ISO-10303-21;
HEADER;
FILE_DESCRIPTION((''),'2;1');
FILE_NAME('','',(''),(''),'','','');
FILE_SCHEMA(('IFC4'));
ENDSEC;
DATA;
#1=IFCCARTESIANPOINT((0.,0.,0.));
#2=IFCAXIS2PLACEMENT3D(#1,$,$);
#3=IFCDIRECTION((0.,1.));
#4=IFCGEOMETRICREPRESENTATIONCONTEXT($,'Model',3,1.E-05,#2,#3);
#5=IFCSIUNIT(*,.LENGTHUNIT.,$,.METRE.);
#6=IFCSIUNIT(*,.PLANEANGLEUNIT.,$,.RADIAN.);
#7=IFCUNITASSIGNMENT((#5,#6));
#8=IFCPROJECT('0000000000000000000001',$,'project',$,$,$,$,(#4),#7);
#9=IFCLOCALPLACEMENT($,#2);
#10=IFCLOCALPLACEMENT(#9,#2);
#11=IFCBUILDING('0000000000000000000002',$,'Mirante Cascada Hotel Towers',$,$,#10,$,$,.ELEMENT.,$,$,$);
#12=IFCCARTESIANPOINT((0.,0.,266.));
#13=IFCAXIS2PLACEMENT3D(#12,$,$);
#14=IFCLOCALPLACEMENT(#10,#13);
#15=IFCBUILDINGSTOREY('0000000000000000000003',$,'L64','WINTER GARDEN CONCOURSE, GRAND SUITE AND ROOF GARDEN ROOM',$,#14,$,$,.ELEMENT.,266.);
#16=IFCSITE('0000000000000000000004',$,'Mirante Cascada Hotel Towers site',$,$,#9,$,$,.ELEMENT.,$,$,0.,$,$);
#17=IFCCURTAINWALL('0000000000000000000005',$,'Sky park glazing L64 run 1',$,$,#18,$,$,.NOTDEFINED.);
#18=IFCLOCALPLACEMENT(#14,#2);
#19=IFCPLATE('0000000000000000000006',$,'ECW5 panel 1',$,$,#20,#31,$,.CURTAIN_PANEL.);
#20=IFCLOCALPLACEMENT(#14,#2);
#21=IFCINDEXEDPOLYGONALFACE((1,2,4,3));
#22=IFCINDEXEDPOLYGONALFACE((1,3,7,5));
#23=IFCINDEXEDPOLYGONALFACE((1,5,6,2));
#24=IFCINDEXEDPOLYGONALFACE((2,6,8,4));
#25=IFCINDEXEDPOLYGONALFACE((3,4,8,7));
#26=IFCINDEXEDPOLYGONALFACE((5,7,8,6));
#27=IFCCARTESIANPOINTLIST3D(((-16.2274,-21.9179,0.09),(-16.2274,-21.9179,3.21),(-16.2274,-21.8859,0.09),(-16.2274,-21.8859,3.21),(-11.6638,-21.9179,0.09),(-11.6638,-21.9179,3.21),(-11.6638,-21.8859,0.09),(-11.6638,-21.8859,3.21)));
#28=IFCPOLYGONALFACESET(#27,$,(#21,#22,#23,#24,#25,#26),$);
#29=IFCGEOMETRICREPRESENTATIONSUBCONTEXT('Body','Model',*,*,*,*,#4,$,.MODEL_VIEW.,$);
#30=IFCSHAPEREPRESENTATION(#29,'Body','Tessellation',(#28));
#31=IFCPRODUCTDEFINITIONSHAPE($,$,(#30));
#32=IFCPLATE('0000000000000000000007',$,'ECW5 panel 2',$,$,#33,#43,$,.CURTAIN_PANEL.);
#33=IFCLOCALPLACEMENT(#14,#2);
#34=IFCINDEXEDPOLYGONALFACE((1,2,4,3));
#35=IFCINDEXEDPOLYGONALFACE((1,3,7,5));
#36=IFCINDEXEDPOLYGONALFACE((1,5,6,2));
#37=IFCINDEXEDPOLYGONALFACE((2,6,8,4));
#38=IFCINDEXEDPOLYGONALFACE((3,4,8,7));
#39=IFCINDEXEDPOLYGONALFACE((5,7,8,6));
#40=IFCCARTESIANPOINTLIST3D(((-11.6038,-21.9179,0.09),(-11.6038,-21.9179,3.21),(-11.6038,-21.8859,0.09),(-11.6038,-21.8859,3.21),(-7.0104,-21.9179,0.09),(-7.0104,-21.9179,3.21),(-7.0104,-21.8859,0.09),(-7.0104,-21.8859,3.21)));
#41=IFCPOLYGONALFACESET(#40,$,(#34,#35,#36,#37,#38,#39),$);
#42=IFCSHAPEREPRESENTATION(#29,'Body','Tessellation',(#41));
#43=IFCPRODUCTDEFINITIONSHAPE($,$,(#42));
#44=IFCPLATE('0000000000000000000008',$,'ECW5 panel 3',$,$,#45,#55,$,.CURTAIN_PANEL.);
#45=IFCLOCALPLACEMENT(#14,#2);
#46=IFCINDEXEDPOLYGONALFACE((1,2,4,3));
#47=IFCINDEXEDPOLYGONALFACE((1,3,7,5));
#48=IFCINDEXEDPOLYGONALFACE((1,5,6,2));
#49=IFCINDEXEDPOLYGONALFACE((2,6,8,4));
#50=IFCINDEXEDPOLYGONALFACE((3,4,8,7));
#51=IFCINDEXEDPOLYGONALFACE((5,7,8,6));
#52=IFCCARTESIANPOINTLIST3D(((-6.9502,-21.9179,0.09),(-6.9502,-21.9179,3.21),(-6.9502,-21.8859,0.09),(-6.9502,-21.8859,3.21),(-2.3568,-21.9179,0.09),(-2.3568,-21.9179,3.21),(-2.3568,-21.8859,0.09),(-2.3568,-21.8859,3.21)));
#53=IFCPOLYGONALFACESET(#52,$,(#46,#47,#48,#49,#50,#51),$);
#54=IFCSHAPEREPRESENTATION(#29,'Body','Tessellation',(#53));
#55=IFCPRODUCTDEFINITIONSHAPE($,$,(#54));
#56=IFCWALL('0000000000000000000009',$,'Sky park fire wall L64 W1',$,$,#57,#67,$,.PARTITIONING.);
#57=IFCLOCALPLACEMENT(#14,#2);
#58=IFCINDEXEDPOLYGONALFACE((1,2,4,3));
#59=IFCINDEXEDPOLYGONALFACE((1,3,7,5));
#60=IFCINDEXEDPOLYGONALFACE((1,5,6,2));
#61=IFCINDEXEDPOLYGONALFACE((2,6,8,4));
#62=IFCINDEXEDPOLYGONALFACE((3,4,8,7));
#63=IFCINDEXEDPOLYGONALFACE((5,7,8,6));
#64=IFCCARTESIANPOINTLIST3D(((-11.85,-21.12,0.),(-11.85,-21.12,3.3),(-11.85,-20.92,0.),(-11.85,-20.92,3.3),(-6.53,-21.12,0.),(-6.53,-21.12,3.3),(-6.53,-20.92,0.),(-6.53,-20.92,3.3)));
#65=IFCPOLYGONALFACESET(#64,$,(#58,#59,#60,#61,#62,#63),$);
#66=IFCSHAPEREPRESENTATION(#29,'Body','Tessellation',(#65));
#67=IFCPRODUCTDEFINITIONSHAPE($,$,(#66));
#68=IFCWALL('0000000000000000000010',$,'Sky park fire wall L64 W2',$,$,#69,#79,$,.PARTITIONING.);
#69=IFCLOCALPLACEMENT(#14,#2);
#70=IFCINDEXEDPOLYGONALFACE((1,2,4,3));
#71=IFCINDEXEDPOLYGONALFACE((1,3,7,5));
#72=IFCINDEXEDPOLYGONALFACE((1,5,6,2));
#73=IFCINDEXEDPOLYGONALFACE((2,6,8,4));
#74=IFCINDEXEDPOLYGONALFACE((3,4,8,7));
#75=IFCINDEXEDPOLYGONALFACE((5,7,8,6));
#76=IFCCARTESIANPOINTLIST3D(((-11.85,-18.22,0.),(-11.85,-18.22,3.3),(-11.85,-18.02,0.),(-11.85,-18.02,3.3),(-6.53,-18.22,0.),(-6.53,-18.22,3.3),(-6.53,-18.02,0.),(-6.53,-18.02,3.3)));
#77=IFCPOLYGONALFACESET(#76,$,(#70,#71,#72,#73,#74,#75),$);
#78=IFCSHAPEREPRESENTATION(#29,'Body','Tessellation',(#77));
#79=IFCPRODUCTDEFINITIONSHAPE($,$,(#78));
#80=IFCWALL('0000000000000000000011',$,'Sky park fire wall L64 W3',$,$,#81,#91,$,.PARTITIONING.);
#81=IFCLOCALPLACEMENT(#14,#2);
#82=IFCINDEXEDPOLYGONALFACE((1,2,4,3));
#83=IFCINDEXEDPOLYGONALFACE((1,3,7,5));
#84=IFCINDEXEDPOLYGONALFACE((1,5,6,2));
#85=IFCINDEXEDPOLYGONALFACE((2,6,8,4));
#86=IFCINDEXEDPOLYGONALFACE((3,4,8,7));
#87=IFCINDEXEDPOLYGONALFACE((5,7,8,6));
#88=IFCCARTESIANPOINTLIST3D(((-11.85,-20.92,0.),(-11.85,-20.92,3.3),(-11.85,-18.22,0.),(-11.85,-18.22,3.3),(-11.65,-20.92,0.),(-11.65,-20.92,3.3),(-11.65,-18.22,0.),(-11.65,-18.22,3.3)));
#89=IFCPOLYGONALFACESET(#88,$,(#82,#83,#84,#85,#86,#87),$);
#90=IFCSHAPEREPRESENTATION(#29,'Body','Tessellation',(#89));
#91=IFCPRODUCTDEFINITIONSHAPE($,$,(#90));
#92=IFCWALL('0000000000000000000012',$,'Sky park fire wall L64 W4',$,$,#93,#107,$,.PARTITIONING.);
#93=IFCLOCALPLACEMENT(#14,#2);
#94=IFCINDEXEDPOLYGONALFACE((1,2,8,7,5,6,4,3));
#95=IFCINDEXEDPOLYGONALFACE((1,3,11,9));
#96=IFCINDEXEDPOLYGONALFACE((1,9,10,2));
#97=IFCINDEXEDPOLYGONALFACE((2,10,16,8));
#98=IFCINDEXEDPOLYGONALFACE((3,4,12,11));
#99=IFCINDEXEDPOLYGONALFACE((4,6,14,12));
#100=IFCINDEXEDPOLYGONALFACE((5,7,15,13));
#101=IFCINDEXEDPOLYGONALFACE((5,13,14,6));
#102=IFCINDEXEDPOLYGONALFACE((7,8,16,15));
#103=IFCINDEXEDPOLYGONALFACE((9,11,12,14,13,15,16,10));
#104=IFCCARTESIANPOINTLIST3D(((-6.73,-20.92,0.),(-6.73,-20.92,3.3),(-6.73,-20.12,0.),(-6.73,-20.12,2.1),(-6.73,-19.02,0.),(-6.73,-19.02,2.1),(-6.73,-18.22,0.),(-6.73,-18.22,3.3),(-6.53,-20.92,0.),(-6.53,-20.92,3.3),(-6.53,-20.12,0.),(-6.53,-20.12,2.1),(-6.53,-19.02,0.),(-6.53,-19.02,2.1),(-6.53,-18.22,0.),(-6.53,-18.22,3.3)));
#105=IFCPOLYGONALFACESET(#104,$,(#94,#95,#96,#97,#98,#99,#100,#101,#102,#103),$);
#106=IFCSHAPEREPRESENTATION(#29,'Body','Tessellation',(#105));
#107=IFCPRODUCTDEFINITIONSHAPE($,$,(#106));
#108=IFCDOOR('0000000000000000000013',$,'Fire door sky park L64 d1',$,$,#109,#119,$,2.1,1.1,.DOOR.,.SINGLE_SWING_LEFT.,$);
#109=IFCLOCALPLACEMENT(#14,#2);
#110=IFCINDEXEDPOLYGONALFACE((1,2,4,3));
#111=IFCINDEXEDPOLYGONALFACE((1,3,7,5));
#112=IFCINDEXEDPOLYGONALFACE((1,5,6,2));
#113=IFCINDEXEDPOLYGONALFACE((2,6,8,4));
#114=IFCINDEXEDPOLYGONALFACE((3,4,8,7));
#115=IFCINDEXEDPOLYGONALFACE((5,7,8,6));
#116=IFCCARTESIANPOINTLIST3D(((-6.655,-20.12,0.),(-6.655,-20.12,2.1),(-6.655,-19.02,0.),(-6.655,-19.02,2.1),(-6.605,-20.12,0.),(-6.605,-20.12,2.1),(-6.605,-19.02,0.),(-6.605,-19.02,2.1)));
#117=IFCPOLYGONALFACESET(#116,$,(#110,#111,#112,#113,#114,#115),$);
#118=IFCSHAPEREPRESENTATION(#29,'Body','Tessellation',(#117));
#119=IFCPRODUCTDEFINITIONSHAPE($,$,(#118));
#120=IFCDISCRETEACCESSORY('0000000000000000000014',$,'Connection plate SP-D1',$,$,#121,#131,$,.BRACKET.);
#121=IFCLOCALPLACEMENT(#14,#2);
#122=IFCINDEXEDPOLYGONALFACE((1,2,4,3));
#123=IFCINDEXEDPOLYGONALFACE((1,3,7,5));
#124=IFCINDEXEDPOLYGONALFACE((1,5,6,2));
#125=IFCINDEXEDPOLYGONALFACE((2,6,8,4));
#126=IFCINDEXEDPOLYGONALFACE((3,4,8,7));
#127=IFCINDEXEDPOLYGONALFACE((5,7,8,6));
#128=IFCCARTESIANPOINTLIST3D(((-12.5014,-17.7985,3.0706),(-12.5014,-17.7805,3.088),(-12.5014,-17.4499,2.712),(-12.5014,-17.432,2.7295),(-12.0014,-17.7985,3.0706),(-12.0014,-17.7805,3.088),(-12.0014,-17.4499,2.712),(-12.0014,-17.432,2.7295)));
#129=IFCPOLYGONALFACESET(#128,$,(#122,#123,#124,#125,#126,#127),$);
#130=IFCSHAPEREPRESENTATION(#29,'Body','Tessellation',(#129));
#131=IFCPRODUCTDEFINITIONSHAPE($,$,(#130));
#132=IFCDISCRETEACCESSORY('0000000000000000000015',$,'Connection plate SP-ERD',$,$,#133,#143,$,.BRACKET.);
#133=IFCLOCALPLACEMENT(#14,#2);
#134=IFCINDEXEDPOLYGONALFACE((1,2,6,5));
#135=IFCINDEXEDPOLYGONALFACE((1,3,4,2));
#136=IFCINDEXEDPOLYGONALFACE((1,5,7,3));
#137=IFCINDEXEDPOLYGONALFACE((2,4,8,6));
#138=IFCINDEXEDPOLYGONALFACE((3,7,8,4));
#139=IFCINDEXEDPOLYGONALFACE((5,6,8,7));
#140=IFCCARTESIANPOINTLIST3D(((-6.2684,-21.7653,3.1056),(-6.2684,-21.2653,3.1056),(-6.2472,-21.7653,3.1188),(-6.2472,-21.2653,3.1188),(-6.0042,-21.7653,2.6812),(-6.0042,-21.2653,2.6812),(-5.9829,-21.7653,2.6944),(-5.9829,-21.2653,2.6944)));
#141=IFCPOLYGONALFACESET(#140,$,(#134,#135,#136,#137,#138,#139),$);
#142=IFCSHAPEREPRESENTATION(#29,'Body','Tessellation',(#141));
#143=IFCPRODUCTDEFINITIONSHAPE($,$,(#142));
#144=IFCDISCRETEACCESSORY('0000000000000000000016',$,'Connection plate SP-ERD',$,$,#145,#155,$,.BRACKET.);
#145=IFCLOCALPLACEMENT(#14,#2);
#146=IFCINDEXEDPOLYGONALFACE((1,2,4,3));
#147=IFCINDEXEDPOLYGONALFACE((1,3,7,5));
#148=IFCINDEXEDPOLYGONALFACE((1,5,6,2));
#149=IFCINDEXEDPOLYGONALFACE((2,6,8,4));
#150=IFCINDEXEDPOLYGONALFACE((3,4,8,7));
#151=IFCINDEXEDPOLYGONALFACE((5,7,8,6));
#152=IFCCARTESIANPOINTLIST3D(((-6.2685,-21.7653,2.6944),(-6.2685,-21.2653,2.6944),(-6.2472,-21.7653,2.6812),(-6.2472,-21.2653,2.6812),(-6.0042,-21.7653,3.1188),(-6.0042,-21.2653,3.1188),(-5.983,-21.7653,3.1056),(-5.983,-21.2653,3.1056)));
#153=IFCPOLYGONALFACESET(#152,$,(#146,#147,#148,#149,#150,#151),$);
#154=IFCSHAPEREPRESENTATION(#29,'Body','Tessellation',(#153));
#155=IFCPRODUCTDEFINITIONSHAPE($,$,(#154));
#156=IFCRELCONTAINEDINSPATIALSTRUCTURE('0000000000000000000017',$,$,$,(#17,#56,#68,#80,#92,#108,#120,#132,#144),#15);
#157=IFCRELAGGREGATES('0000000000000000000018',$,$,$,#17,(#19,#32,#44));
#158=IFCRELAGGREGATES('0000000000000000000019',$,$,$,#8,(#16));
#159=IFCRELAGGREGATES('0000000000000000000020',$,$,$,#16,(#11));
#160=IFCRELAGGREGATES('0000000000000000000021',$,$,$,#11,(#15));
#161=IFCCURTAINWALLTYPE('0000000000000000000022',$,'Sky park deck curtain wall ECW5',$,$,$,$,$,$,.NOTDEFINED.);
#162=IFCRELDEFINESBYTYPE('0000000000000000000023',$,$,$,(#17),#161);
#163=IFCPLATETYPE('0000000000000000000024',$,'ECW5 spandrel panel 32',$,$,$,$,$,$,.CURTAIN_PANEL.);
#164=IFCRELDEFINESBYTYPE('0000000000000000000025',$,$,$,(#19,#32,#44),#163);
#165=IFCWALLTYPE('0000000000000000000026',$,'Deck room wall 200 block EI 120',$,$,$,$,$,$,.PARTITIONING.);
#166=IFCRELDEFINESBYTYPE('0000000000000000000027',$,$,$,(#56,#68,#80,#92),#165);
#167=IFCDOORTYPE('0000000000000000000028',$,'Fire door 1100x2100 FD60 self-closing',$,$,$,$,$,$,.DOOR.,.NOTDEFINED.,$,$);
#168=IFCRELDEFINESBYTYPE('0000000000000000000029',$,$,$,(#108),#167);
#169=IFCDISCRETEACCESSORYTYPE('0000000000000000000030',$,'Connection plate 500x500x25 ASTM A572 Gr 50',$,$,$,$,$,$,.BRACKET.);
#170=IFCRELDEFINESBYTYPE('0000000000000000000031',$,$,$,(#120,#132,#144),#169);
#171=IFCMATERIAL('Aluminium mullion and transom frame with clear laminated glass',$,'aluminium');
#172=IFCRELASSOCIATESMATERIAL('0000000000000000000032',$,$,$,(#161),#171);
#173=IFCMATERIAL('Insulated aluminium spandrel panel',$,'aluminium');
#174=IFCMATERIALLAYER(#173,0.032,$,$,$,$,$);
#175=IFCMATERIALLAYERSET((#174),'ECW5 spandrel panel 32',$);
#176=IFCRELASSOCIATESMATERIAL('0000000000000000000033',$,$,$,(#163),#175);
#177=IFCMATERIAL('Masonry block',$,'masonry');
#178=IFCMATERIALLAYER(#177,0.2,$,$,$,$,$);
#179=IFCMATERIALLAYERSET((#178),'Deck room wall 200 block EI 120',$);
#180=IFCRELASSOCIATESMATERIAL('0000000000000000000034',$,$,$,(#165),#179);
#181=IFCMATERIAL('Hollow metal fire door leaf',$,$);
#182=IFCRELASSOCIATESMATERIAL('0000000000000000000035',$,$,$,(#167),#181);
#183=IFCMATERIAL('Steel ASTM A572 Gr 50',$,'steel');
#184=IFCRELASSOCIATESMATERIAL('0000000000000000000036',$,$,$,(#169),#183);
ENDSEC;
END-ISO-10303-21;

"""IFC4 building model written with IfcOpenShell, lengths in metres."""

from ifc_helpers import new_model, si_unit, direction, frame, frame_2d, origin, origin_2d, place, context, subcontext, project, spatial, rectangle, extrude, material, layer, layer_set, material_profile, profile_set, type_object, element, fill, aggregate, save


model = new_model("IFC4")

# Units and contexts
model_context = context("Model", 3, precision=1e-05, world=origin(), true_north=direction((0.0, 1.0)))
body_context = subcontext(model_context, "Body", "Model", "MODEL_VIEW")
ifc_project = project(units=[si_unit("LENGTHUNIT", "METRE"), si_unit("PLANEANGLEUNIT", "RADIAN")], contexts=[model_context])

# Site, building, storey
site_placement = place(None, origin())
site = spatial("IfcSite", under=ifc_project, at=site_placement, Name="Mirante Cascada Hotel Towers site", CompositionType="ELEMENT", RefElevation=0.0)
building_placement = place(site_placement, origin())
building = spatial("IfcBuilding", under=site, at=building_placement, Name="Mirante Cascada Hotel Towers", CompositionType="ELEMENT")
storey_placement = place(building_placement, frame((0.0, 0.0, 266.0)))
storey = spatial("IfcBuildingStorey", under=building, at=storey_placement, Name="L64", Description="WINTER GARDEN CONCOURSE, GRAND SUITE AND ROOF GARDEN ROOM", CompositionType="ELEMENT", Elevation=266.0)

# Curtain wall
ifc_material_1 = material(Name="Aluminium mullion and transom frame with clear laminated glass", Category="aluminium")
curtain_wall_type = type_object("IfcCurtainWallType", Name="Sky park deck curtain wall ECW5", PredefinedType="NOTDEFINED", material=ifc_material_1)
curtain_wall_1_placement = place(storey_placement, origin())
curtain_wall_1 = element("IfcCurtainWall", 1, at=curtain_wall_1_placement, inside=storey, type_object=curtain_wall_type, Name="Sky park glazing L64 run 1", PredefinedType="NOTDEFINED")

# Plates
ifc_material_2 = material(Name="Insulated aluminium spandrel panel", Category="aluminium")
ifc_layer_1 = layer(ifc_material_2, 0.032)
ifc_layer_set_1 = layer_set([ifc_layer_1], Name="ECW5 spandrel panel 32")
plate_type_1 = type_object("IfcPlateType", Name="ECW5 spandrel panel 32", PredefinedType="CURTAIN_PANEL", material=ifc_layer_set_1)
plate_1_placement = place(storey_placement, frame((-13.9456, -21.9019, 0.09), z_axis=(0.0, 0.0, 1.0), x_axis=(1.0, 0.0, 0.0)))
plate_1 = element("IfcPlate", 2, at=plate_1_placement, type_object=plate_type_1, Name="ECW5 panel 1", PredefinedType="CURTAIN_PANEL", context=body_context, shape_type="SweptSolid", body=[
    extrude(rectangle(XDim=4.5635, YDim=0.032, at=origin_2d()), origin(), (0.0, 0.0, 1.0), 3.12),
])
plate_2_placement = place(storey_placement, frame((-9.3071, -21.9019, 0.09), z_axis=(0.0, 0.0, 1.0), x_axis=(1.0, 0.0, 0.0)))
plate_2 = element("IfcPlate", 3, at=plate_2_placement, type_object=plate_type_1, Name="ECW5 panel 2", PredefinedType="CURTAIN_PANEL", context=body_context, shape_type="SweptSolid", body=[
    extrude(rectangle(XDim=4.5935, YDim=0.032, at=origin_2d()), origin(), (0.0, 0.0, 1.0), 3.12),
])
plate_3_placement = place(storey_placement, frame((-4.6535, -21.9019, 0.09), z_axis=(0.0, 0.0, 1.0), x_axis=(1.0, 0.0, 0.0)))
plate_3 = element("IfcPlate", 4, at=plate_3_placement, type_object=plate_type_1, Name="ECW5 panel 3", PredefinedType="CURTAIN_PANEL", context=body_context, shape_type="SweptSolid", body=[
    extrude(rectangle(XDim=4.5935, YDim=0.032, at=origin_2d()), origin(), (0.0, 0.0, 1.0), 3.12),
])
aggregate(curtain_wall_1, [plate_1, plate_2, plate_3])

# Walls
ifc_material_3 = material(Name="Masonry block", Category="masonry")
ifc_layer_2 = layer(ifc_material_3, 0.2)
ifc_layer_set_2 = layer_set([ifc_layer_2], Name="Deck room wall 200 block EI 120")
wall_type = type_object("IfcWallType", Name="Deck room wall 200 block EI 120", PredefinedType="PARTITIONING", material=ifc_layer_set_2)
for number, where, z_axis, x_axis, name in (
    (5, (-11.85, -21.02, 0.0), (0.0, 0.0, 1.0), (1.0, 0.0, 0.0), "Sky park fire wall L64 W1"),
    (6, (-11.85, -18.12, 0.0), (0.0, 0.0, 1.0), (1.0, 0.0, 0.0), "Sky park fire wall L64 W2"),
):
    element("IfcWall", number, at=place(storey_placement, frame(where, z_axis=z_axis, x_axis=x_axis)), inside=storey, type_object=wall_type, Name=name, PredefinedType="PARTITIONING", context=body_context, shape_type="SweptSolid", body=[
        extrude(rectangle(XDim=5.32, YDim=0.2, at=frame_2d((2.66, 0.0))), origin(), (0.0, 0.0, 1.0), 3.3),
    ])
wall_1_placement = place(storey_placement, frame((-11.75, -20.92, 0.0), z_axis=(0.0, 0.0, 1.0), x_axis=(0.0, 1.0, 0.0)))
element("IfcWall", 7, at=wall_1_placement, inside=storey, type_object=wall_type, Name="Sky park fire wall L64 W3", PredefinedType="PARTITIONING", context=body_context, shape_type="SweptSolid", body=[
    extrude(rectangle(XDim=2.7, YDim=0.2, at=frame_2d((1.35, 0.0))), origin(), (0.0, 0.0, 1.0), 3.3),
])

# Wall, opening, door
wall_2_placement = place(storey_placement, frame((-6.63, -20.92, 0.0), z_axis=(0.0, 0.0, 1.0), x_axis=(0.0, 1.0, 0.0)))
wall_2 = element("IfcWall", 8, at=wall_2_placement, inside=storey, type_object=wall_type, Name="Sky park fire wall L64 W4", PredefinedType="PARTITIONING", context=body_context, shape_type="SweptSolid", body=[
    extrude(rectangle(XDim=2.7, YDim=0.2, at=frame_2d((1.35, 0.0))), origin(), (0.0, 0.0, 1.0), 3.3),
])
opening_placement = place(wall_2_placement, frame((0.8, 0.0, 0.0)))
opening = element("IfcOpeningElement", 9, at=opening_placement, cuts=wall_2, PredefinedType="OPENING", context=body_context, shape_type="SweptSolid", body=[
    extrude(rectangle(XDim=1.1, YDim=2.1, at=frame_2d((0.55, 1.05))), frame((0.0, 0.1, 0.0), z_axis=(0.0, -1.0, 0.0), x_axis=(1.0, 0.0, 0.0)), (0.0, 0.0, 1.0), 0.2),
])
ifc_material_4 = material(Name="Hollow metal fire door leaf")
door_type = type_object("IfcDoorType", Name="Fire door 1100x2100 FD60 self-closing", OperationType="NOTDEFINED", PredefinedType="DOOR", material=ifc_material_4)
door_placement = place(opening_placement, origin())
door = element("IfcDoor", 10, at=door_placement, inside=storey, type_object=door_type, Name="Fire door sky park L64 d1", OperationType="SINGLE_SWING_LEFT", OverallHeight=2.1, OverallWidth=1.1, PredefinedType="DOOR", context=body_context, shape_type="SweptSolid", body=[
    extrude(rectangle(XDim=1.1, YDim=2.1, at=frame_2d((0.55, 1.05))), frame((0.0, 0.025, 0.0), z_axis=(0.0, -1.0, 0.0), x_axis=(1.0, 0.0, 0.0)), (0.0, 0.0, 1.0), 0.05),
])
fill(opening, door)

# Discrete accessories
ifc_material_5 = material(Name="Steel ASTM A572 Gr 50", Category="steel")
ifc_material_profile_1 = material_profile(ifc_material_5, rectangle(XDim=0.5, YDim=0.5, at=origin_2d()), Name="Connection plate 500x500x25 ASTM A572 Gr 50")
ifc_profile_set_1 = profile_set([ifc_material_profile_1], Name="Steel ASTM A572 Gr 50")
discrete_accessory_type = type_object("IfcDiscreteAccessoryType", Name="Connection plate 500x500x25 ASTM A572 Gr 50", PredefinedType="BRACKET", material=ifc_profile_set_1)
for number, where, z_axis, x_axis, name in (
    (11, (-12.2514, -17.6242, 2.8913), (0.0, 0.717051, 0.697021), (-1.0, 0.0, 0.0), "Connection plate SP-D1"),
    (12, (-6.1363, -21.5153, 2.8934), (0.848897, 0.0, 0.528559), (0.0, 1.0, 0.0), "Connection plate SP-ERD"),
    (13, (-6.1151, -21.5153, 2.8934), (-0.848897, 0.0, 0.528559), (0.0, -1.0, 0.0), "Connection plate SP-ERD"),
):
    element("IfcDiscreteAccessory", number, at=place(storey_placement, frame(where, z_axis=z_axis, x_axis=x_axis)), inside=storey, type_object=discrete_accessory_type, Name=name, PredefinedType="BRACKET", context=body_context, shape_type="SweptSolid", body=[
        extrude(rectangle(XDim=0.5, YDim=0.5, at=origin_2d()), origin(), (0.0, 0.0, 1.0), 0.025),
    ])

save(model, "model.ifc")
